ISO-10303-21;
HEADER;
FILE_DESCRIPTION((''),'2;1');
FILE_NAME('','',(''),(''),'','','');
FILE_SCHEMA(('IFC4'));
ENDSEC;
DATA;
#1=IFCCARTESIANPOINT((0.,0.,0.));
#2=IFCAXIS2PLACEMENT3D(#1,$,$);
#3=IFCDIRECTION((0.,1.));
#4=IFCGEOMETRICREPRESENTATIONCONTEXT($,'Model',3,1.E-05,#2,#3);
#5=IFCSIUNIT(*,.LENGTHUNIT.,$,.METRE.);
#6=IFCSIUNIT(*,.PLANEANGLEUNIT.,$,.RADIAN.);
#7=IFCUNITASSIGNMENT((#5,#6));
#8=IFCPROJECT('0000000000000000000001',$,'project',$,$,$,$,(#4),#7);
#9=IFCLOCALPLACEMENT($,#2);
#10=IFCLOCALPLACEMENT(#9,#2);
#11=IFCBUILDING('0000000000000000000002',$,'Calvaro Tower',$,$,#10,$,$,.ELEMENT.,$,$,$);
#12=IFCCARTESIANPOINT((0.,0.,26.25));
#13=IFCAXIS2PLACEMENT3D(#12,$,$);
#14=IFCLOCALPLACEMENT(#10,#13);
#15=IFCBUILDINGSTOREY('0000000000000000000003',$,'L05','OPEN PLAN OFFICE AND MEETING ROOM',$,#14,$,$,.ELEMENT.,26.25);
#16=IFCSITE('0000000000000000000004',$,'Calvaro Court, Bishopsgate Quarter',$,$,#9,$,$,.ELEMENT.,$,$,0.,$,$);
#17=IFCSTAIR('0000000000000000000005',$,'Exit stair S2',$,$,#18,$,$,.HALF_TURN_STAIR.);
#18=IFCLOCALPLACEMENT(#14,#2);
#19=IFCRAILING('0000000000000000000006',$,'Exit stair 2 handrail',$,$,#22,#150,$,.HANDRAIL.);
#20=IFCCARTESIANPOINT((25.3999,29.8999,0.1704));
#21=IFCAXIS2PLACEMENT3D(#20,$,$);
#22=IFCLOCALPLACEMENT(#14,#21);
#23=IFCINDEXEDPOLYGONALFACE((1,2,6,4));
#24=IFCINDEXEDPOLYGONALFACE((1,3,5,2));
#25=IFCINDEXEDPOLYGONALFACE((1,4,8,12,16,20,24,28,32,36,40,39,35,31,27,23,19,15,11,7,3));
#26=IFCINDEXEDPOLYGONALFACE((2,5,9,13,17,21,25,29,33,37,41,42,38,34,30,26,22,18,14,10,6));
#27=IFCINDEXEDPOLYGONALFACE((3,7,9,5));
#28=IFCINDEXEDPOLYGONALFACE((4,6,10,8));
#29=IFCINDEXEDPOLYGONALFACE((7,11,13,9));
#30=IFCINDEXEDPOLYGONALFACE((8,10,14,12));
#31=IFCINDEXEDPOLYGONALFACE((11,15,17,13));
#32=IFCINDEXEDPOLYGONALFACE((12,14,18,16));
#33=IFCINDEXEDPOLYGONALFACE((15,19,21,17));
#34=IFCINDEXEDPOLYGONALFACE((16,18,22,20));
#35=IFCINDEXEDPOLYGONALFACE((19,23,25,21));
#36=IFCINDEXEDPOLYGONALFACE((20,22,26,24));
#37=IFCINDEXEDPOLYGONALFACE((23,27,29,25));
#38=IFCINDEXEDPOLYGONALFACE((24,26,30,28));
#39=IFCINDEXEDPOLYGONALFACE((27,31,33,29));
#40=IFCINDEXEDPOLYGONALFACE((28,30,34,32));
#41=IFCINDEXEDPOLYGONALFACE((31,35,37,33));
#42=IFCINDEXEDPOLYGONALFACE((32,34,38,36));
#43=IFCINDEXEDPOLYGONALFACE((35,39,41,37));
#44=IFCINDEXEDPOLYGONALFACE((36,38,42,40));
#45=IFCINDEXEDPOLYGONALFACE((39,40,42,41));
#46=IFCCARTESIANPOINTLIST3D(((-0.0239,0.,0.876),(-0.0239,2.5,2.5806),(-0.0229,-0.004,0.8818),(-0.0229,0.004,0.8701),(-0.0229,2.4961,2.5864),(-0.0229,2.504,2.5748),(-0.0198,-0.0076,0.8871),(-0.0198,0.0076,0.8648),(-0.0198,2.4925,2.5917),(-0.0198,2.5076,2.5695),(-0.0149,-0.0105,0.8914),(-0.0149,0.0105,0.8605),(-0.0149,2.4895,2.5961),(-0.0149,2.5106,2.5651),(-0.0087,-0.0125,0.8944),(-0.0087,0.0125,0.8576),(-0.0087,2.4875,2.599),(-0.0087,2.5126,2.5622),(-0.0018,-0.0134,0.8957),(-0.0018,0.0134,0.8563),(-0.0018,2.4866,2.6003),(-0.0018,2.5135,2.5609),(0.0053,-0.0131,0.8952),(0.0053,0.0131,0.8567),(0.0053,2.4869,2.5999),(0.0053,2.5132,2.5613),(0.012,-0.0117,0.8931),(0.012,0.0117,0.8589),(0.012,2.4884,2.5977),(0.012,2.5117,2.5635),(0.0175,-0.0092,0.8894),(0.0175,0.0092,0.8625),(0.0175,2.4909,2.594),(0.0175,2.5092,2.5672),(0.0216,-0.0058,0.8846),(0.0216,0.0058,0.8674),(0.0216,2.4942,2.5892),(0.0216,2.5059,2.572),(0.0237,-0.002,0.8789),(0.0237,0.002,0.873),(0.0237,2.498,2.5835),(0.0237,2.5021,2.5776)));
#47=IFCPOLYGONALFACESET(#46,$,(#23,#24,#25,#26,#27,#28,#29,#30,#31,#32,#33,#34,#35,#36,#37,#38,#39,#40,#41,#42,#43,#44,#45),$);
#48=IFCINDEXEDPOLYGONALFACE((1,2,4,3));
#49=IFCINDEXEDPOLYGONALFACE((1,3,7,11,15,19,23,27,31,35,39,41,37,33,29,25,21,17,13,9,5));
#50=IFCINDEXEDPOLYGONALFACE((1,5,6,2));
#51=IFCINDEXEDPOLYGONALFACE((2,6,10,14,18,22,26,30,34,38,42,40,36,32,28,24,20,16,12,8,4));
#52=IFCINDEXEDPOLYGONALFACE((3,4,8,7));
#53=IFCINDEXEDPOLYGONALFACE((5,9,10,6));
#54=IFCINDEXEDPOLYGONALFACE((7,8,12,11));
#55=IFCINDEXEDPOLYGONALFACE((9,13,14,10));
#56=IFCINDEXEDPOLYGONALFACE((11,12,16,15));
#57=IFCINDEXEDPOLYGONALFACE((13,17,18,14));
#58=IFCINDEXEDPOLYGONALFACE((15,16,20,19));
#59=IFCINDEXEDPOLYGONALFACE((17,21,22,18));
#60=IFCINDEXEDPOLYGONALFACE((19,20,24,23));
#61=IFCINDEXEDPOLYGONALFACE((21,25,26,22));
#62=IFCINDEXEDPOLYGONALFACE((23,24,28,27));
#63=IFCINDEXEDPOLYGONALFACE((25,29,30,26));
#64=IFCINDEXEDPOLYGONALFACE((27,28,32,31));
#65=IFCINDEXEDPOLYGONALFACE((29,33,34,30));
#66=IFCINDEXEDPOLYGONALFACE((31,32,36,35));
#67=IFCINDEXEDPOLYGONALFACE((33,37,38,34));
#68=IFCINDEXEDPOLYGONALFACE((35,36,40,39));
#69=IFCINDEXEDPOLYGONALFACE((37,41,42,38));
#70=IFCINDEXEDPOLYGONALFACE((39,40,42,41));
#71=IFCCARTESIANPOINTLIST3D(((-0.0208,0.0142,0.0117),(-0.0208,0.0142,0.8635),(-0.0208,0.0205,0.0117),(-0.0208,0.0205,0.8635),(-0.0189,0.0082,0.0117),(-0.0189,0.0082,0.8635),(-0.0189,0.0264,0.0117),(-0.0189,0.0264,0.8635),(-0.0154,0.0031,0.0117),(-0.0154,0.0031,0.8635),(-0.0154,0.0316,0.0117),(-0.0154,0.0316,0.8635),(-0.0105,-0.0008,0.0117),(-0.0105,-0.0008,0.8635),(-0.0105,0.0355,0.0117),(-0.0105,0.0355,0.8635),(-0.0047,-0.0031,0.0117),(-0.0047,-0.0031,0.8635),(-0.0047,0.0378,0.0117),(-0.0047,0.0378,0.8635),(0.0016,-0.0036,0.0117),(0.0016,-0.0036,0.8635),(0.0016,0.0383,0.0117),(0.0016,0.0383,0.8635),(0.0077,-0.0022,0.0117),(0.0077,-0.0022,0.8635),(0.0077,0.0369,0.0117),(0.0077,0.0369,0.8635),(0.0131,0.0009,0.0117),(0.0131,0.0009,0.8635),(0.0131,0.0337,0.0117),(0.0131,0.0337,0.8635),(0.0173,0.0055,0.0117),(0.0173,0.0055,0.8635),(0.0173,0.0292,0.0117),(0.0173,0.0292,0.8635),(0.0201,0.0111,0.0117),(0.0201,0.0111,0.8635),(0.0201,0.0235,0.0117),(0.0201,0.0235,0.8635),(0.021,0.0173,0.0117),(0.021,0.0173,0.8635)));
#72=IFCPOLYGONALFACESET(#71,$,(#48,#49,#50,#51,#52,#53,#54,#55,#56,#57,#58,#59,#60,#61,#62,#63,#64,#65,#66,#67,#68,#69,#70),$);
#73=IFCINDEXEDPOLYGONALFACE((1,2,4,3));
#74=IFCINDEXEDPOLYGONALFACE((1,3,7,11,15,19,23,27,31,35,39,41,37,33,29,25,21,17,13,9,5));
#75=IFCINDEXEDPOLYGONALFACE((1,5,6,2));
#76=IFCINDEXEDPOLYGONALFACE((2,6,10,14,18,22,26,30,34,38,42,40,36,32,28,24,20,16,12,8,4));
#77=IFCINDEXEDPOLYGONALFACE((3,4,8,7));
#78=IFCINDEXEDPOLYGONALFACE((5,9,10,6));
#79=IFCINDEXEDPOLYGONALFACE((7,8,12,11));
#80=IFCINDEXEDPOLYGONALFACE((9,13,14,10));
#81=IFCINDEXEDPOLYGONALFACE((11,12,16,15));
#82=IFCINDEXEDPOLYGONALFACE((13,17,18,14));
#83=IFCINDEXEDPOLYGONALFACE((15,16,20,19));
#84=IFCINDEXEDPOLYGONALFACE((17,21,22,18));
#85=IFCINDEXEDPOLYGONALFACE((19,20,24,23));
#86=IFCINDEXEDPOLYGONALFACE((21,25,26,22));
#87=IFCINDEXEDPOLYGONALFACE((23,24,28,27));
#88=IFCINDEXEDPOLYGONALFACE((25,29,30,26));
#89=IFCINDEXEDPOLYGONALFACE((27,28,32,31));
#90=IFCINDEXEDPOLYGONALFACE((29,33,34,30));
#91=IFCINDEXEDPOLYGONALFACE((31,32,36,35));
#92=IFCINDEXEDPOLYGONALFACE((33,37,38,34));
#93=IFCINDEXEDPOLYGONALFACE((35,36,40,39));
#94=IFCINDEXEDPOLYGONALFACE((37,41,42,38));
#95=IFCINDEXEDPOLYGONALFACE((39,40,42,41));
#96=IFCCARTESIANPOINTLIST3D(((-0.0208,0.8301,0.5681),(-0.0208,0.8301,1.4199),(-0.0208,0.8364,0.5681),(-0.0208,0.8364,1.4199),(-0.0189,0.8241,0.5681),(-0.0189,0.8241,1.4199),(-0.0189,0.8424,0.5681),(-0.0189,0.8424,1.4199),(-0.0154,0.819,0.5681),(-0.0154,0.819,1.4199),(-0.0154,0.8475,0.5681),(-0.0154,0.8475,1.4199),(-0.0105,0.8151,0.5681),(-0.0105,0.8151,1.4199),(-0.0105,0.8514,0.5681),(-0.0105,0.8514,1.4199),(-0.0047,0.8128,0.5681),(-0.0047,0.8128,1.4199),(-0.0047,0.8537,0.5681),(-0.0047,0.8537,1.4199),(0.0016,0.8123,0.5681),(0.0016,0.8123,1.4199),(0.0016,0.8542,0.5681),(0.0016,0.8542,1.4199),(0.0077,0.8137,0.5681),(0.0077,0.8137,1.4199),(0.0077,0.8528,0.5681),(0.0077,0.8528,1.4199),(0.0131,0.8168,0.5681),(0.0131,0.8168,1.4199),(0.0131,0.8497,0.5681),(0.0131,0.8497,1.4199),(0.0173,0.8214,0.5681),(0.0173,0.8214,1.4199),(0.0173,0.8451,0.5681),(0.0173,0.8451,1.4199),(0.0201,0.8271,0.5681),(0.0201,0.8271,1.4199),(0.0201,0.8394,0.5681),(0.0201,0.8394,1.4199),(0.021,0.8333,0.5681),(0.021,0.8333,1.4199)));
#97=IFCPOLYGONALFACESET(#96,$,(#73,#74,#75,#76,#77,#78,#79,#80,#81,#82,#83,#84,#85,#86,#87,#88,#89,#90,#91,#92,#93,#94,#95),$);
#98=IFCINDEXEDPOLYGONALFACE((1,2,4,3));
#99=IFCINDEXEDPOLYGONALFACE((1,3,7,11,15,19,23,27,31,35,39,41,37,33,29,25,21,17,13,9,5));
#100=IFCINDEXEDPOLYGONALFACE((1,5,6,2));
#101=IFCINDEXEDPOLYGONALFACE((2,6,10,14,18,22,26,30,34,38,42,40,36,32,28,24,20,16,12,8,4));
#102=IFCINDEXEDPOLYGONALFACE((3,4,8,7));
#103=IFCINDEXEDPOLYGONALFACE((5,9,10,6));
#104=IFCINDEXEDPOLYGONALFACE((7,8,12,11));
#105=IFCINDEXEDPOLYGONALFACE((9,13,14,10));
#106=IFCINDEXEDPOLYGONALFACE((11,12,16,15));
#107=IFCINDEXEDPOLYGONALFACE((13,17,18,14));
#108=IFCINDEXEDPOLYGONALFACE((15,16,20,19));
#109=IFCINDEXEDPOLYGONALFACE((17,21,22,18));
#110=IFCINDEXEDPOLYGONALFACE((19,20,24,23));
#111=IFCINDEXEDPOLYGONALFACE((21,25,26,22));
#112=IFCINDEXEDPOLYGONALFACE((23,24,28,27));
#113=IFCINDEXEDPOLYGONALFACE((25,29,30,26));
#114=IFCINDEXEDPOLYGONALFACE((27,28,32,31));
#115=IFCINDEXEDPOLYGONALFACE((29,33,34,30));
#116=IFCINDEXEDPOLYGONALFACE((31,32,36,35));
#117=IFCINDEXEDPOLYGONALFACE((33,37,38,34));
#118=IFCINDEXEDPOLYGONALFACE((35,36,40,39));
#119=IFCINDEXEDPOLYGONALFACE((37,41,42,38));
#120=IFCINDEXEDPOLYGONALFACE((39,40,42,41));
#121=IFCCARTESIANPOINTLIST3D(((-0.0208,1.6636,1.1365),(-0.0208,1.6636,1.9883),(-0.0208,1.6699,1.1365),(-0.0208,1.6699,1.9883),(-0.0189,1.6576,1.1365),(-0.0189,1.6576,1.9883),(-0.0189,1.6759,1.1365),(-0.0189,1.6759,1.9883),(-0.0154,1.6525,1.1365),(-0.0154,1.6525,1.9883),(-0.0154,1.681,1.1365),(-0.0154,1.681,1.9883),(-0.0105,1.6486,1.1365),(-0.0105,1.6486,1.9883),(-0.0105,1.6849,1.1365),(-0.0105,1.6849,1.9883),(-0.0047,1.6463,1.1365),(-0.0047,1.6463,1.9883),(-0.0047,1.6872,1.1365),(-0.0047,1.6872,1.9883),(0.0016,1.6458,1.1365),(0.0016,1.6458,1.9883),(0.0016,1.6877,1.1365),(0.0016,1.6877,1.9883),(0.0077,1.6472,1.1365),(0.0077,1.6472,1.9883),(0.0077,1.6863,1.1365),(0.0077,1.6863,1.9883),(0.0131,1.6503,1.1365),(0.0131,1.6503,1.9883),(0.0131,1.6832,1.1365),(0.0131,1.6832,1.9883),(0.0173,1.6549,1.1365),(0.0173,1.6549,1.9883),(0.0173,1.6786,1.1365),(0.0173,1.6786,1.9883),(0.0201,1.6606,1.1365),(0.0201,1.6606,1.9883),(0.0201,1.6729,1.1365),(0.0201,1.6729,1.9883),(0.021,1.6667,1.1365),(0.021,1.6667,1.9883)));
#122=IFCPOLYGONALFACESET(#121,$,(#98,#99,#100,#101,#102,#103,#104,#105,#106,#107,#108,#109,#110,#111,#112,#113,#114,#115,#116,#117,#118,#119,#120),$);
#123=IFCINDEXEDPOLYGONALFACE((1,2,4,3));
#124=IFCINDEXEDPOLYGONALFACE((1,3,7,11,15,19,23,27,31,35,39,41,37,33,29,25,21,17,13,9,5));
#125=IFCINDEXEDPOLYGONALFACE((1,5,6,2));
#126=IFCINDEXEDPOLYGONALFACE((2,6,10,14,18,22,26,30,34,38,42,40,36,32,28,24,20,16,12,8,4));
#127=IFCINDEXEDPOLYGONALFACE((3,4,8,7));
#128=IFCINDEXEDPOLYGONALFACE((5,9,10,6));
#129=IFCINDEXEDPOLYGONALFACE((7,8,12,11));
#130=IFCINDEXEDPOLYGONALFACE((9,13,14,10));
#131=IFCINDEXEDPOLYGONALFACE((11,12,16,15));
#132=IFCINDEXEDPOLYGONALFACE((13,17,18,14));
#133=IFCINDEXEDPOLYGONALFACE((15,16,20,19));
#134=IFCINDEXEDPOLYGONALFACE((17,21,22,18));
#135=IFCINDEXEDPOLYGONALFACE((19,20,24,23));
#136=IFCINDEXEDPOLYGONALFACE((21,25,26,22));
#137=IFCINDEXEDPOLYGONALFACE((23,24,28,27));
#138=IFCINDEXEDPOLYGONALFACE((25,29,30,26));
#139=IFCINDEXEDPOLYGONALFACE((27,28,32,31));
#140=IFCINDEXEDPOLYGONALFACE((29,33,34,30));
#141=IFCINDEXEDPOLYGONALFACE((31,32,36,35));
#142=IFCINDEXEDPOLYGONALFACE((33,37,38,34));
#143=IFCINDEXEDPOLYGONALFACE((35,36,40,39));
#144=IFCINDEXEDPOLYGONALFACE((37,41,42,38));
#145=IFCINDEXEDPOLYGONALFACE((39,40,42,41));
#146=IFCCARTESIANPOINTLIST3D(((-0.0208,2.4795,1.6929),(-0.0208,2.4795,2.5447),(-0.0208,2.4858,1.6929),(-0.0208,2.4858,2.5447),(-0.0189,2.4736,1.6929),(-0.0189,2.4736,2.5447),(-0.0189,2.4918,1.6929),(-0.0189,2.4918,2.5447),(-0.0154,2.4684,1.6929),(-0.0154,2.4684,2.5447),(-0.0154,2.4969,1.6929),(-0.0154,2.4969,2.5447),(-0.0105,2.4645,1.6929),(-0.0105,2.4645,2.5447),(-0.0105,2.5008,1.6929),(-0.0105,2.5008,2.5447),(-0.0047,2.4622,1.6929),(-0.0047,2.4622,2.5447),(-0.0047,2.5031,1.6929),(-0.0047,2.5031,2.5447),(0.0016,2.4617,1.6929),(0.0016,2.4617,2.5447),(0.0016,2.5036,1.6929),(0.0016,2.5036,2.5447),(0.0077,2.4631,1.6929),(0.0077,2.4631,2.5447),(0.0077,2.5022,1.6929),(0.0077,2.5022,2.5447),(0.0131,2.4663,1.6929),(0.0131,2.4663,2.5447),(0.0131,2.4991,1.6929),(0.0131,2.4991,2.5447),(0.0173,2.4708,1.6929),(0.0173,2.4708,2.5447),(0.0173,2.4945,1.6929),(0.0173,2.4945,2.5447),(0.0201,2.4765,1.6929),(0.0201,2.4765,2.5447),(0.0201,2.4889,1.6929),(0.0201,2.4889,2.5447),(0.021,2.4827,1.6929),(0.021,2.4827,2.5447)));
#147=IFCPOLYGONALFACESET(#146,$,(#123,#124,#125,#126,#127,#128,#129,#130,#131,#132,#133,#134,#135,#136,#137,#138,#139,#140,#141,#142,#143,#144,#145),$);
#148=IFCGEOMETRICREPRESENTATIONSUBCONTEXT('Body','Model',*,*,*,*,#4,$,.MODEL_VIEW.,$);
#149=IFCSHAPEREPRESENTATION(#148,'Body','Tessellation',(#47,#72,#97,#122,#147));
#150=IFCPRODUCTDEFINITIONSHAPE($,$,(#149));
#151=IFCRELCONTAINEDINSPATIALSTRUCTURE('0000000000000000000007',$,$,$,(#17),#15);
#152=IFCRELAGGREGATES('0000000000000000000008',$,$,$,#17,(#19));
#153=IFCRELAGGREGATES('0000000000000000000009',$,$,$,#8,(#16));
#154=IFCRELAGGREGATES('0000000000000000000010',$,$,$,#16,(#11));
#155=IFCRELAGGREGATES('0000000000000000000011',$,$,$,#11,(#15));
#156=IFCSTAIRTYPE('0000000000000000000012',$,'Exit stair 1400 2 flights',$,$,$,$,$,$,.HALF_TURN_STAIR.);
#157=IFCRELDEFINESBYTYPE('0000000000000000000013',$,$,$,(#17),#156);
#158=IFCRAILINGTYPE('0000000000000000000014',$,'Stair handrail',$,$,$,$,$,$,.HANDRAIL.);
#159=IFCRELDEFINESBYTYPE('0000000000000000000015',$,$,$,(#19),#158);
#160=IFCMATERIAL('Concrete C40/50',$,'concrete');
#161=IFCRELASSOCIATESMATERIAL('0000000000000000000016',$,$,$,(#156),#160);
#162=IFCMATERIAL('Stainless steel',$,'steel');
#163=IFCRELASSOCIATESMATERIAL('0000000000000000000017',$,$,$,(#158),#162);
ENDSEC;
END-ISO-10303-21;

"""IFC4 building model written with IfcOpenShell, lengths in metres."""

from ifc_helpers import new_model, si_unit, direction, frame, origin, origin_2d, place, context, subcontext, project, spatial, circle, extrude, material, type_object, element, aggregate, save


model = new_model("IFC4")

# Units and contexts
model_context = context("Model", 3, precision=1e-05, world=origin(), true_north=direction((0.0, 1.0)))
body_context = subcontext(model_context, "Body", "Model", "MODEL_VIEW")
ifc_project = project(units=[si_unit("LENGTHUNIT", "METRE"), si_unit("PLANEANGLEUNIT", "RADIAN")], contexts=[model_context])

# Site, building, storey
site_placement = place(None, origin())
site = spatial("IfcSite", under=ifc_project, at=site_placement, Name="Calvaro Court, Bishopsgate Quarter", CompositionType="ELEMENT", RefElevation=0.0)
building_placement = place(site_placement, origin())
building = spatial("IfcBuilding", under=site, at=building_placement, Name="Calvaro Tower", CompositionType="ELEMENT")
storey_placement = place(building_placement, frame((0.0, 0.0, 26.25)))
storey = spatial("IfcBuildingStorey", under=building, at=storey_placement, Name="L05", Description="OPEN PLAN OFFICE AND MEETING ROOM", CompositionType="ELEMENT", Elevation=26.25)

# Stair, railing
ifc_material_1 = material(Name="Concrete C40/50", Category="concrete")
stair_type = type_object("IfcStairType", Name="Exit stair 1400 2 flights", PredefinedType="HALF_TURN_STAIR", material=ifc_material_1)
stair_placement = place(storey_placement, origin())
stair = element("IfcStair", 1, at=stair_placement, inside=storey, type_object=stair_type, Name="Exit stair S2", PredefinedType="HALF_TURN_STAIR")
ifc_material_2 = material(Name="Stainless steel", Category="steel")
railing_type = type_object("IfcRailingType", Name="Stair handrail", PredefinedType="HANDRAIL", material=ifc_material_2)
railing_1_placement = place(storey_placement, frame((25.3999, 29.8999, 0.1704)))
railing_1 = element("IfcRailing", 2, at=railing_1_placement, type_object=railing_type, Name="Exit stair 2 handrail", PredefinedType="HANDRAIL", context=body_context, shape_type="SweptSolid", body=[
    extrude(circle(Radius=0.0239, at=origin_2d()), frame((0.0, 0.0, 0.876), z_axis=(0.0, 0.826221, 0.563347), x_axis=(-1.0, 0.0, 0.0)), (0.0, 0.0, 1.0), 3.0259),
    extrude(circle(Radius=0.021, at=origin_2d()), frame((0.0, 0.0173, 0.0117)), (0.0, 0.0, 1.0), 0.8518),
    extrude(circle(Radius=0.021, at=origin_2d()), frame((0.0, 0.8333, 0.5681)), (0.0, 0.0, 1.0), 0.8518),
    extrude(circle(Radius=0.021, at=origin_2d()), frame((0.0, 1.6667, 1.1365)), (0.0, 0.0, 1.0), 0.8518),
    extrude(circle(Radius=0.021, at=origin_2d()), frame((0.0, 2.4827, 1.6929)), (0.0, 0.0, 1.0), 0.8518),
])
aggregate(stair, [railing_1])

save(model, "model.ifc")
